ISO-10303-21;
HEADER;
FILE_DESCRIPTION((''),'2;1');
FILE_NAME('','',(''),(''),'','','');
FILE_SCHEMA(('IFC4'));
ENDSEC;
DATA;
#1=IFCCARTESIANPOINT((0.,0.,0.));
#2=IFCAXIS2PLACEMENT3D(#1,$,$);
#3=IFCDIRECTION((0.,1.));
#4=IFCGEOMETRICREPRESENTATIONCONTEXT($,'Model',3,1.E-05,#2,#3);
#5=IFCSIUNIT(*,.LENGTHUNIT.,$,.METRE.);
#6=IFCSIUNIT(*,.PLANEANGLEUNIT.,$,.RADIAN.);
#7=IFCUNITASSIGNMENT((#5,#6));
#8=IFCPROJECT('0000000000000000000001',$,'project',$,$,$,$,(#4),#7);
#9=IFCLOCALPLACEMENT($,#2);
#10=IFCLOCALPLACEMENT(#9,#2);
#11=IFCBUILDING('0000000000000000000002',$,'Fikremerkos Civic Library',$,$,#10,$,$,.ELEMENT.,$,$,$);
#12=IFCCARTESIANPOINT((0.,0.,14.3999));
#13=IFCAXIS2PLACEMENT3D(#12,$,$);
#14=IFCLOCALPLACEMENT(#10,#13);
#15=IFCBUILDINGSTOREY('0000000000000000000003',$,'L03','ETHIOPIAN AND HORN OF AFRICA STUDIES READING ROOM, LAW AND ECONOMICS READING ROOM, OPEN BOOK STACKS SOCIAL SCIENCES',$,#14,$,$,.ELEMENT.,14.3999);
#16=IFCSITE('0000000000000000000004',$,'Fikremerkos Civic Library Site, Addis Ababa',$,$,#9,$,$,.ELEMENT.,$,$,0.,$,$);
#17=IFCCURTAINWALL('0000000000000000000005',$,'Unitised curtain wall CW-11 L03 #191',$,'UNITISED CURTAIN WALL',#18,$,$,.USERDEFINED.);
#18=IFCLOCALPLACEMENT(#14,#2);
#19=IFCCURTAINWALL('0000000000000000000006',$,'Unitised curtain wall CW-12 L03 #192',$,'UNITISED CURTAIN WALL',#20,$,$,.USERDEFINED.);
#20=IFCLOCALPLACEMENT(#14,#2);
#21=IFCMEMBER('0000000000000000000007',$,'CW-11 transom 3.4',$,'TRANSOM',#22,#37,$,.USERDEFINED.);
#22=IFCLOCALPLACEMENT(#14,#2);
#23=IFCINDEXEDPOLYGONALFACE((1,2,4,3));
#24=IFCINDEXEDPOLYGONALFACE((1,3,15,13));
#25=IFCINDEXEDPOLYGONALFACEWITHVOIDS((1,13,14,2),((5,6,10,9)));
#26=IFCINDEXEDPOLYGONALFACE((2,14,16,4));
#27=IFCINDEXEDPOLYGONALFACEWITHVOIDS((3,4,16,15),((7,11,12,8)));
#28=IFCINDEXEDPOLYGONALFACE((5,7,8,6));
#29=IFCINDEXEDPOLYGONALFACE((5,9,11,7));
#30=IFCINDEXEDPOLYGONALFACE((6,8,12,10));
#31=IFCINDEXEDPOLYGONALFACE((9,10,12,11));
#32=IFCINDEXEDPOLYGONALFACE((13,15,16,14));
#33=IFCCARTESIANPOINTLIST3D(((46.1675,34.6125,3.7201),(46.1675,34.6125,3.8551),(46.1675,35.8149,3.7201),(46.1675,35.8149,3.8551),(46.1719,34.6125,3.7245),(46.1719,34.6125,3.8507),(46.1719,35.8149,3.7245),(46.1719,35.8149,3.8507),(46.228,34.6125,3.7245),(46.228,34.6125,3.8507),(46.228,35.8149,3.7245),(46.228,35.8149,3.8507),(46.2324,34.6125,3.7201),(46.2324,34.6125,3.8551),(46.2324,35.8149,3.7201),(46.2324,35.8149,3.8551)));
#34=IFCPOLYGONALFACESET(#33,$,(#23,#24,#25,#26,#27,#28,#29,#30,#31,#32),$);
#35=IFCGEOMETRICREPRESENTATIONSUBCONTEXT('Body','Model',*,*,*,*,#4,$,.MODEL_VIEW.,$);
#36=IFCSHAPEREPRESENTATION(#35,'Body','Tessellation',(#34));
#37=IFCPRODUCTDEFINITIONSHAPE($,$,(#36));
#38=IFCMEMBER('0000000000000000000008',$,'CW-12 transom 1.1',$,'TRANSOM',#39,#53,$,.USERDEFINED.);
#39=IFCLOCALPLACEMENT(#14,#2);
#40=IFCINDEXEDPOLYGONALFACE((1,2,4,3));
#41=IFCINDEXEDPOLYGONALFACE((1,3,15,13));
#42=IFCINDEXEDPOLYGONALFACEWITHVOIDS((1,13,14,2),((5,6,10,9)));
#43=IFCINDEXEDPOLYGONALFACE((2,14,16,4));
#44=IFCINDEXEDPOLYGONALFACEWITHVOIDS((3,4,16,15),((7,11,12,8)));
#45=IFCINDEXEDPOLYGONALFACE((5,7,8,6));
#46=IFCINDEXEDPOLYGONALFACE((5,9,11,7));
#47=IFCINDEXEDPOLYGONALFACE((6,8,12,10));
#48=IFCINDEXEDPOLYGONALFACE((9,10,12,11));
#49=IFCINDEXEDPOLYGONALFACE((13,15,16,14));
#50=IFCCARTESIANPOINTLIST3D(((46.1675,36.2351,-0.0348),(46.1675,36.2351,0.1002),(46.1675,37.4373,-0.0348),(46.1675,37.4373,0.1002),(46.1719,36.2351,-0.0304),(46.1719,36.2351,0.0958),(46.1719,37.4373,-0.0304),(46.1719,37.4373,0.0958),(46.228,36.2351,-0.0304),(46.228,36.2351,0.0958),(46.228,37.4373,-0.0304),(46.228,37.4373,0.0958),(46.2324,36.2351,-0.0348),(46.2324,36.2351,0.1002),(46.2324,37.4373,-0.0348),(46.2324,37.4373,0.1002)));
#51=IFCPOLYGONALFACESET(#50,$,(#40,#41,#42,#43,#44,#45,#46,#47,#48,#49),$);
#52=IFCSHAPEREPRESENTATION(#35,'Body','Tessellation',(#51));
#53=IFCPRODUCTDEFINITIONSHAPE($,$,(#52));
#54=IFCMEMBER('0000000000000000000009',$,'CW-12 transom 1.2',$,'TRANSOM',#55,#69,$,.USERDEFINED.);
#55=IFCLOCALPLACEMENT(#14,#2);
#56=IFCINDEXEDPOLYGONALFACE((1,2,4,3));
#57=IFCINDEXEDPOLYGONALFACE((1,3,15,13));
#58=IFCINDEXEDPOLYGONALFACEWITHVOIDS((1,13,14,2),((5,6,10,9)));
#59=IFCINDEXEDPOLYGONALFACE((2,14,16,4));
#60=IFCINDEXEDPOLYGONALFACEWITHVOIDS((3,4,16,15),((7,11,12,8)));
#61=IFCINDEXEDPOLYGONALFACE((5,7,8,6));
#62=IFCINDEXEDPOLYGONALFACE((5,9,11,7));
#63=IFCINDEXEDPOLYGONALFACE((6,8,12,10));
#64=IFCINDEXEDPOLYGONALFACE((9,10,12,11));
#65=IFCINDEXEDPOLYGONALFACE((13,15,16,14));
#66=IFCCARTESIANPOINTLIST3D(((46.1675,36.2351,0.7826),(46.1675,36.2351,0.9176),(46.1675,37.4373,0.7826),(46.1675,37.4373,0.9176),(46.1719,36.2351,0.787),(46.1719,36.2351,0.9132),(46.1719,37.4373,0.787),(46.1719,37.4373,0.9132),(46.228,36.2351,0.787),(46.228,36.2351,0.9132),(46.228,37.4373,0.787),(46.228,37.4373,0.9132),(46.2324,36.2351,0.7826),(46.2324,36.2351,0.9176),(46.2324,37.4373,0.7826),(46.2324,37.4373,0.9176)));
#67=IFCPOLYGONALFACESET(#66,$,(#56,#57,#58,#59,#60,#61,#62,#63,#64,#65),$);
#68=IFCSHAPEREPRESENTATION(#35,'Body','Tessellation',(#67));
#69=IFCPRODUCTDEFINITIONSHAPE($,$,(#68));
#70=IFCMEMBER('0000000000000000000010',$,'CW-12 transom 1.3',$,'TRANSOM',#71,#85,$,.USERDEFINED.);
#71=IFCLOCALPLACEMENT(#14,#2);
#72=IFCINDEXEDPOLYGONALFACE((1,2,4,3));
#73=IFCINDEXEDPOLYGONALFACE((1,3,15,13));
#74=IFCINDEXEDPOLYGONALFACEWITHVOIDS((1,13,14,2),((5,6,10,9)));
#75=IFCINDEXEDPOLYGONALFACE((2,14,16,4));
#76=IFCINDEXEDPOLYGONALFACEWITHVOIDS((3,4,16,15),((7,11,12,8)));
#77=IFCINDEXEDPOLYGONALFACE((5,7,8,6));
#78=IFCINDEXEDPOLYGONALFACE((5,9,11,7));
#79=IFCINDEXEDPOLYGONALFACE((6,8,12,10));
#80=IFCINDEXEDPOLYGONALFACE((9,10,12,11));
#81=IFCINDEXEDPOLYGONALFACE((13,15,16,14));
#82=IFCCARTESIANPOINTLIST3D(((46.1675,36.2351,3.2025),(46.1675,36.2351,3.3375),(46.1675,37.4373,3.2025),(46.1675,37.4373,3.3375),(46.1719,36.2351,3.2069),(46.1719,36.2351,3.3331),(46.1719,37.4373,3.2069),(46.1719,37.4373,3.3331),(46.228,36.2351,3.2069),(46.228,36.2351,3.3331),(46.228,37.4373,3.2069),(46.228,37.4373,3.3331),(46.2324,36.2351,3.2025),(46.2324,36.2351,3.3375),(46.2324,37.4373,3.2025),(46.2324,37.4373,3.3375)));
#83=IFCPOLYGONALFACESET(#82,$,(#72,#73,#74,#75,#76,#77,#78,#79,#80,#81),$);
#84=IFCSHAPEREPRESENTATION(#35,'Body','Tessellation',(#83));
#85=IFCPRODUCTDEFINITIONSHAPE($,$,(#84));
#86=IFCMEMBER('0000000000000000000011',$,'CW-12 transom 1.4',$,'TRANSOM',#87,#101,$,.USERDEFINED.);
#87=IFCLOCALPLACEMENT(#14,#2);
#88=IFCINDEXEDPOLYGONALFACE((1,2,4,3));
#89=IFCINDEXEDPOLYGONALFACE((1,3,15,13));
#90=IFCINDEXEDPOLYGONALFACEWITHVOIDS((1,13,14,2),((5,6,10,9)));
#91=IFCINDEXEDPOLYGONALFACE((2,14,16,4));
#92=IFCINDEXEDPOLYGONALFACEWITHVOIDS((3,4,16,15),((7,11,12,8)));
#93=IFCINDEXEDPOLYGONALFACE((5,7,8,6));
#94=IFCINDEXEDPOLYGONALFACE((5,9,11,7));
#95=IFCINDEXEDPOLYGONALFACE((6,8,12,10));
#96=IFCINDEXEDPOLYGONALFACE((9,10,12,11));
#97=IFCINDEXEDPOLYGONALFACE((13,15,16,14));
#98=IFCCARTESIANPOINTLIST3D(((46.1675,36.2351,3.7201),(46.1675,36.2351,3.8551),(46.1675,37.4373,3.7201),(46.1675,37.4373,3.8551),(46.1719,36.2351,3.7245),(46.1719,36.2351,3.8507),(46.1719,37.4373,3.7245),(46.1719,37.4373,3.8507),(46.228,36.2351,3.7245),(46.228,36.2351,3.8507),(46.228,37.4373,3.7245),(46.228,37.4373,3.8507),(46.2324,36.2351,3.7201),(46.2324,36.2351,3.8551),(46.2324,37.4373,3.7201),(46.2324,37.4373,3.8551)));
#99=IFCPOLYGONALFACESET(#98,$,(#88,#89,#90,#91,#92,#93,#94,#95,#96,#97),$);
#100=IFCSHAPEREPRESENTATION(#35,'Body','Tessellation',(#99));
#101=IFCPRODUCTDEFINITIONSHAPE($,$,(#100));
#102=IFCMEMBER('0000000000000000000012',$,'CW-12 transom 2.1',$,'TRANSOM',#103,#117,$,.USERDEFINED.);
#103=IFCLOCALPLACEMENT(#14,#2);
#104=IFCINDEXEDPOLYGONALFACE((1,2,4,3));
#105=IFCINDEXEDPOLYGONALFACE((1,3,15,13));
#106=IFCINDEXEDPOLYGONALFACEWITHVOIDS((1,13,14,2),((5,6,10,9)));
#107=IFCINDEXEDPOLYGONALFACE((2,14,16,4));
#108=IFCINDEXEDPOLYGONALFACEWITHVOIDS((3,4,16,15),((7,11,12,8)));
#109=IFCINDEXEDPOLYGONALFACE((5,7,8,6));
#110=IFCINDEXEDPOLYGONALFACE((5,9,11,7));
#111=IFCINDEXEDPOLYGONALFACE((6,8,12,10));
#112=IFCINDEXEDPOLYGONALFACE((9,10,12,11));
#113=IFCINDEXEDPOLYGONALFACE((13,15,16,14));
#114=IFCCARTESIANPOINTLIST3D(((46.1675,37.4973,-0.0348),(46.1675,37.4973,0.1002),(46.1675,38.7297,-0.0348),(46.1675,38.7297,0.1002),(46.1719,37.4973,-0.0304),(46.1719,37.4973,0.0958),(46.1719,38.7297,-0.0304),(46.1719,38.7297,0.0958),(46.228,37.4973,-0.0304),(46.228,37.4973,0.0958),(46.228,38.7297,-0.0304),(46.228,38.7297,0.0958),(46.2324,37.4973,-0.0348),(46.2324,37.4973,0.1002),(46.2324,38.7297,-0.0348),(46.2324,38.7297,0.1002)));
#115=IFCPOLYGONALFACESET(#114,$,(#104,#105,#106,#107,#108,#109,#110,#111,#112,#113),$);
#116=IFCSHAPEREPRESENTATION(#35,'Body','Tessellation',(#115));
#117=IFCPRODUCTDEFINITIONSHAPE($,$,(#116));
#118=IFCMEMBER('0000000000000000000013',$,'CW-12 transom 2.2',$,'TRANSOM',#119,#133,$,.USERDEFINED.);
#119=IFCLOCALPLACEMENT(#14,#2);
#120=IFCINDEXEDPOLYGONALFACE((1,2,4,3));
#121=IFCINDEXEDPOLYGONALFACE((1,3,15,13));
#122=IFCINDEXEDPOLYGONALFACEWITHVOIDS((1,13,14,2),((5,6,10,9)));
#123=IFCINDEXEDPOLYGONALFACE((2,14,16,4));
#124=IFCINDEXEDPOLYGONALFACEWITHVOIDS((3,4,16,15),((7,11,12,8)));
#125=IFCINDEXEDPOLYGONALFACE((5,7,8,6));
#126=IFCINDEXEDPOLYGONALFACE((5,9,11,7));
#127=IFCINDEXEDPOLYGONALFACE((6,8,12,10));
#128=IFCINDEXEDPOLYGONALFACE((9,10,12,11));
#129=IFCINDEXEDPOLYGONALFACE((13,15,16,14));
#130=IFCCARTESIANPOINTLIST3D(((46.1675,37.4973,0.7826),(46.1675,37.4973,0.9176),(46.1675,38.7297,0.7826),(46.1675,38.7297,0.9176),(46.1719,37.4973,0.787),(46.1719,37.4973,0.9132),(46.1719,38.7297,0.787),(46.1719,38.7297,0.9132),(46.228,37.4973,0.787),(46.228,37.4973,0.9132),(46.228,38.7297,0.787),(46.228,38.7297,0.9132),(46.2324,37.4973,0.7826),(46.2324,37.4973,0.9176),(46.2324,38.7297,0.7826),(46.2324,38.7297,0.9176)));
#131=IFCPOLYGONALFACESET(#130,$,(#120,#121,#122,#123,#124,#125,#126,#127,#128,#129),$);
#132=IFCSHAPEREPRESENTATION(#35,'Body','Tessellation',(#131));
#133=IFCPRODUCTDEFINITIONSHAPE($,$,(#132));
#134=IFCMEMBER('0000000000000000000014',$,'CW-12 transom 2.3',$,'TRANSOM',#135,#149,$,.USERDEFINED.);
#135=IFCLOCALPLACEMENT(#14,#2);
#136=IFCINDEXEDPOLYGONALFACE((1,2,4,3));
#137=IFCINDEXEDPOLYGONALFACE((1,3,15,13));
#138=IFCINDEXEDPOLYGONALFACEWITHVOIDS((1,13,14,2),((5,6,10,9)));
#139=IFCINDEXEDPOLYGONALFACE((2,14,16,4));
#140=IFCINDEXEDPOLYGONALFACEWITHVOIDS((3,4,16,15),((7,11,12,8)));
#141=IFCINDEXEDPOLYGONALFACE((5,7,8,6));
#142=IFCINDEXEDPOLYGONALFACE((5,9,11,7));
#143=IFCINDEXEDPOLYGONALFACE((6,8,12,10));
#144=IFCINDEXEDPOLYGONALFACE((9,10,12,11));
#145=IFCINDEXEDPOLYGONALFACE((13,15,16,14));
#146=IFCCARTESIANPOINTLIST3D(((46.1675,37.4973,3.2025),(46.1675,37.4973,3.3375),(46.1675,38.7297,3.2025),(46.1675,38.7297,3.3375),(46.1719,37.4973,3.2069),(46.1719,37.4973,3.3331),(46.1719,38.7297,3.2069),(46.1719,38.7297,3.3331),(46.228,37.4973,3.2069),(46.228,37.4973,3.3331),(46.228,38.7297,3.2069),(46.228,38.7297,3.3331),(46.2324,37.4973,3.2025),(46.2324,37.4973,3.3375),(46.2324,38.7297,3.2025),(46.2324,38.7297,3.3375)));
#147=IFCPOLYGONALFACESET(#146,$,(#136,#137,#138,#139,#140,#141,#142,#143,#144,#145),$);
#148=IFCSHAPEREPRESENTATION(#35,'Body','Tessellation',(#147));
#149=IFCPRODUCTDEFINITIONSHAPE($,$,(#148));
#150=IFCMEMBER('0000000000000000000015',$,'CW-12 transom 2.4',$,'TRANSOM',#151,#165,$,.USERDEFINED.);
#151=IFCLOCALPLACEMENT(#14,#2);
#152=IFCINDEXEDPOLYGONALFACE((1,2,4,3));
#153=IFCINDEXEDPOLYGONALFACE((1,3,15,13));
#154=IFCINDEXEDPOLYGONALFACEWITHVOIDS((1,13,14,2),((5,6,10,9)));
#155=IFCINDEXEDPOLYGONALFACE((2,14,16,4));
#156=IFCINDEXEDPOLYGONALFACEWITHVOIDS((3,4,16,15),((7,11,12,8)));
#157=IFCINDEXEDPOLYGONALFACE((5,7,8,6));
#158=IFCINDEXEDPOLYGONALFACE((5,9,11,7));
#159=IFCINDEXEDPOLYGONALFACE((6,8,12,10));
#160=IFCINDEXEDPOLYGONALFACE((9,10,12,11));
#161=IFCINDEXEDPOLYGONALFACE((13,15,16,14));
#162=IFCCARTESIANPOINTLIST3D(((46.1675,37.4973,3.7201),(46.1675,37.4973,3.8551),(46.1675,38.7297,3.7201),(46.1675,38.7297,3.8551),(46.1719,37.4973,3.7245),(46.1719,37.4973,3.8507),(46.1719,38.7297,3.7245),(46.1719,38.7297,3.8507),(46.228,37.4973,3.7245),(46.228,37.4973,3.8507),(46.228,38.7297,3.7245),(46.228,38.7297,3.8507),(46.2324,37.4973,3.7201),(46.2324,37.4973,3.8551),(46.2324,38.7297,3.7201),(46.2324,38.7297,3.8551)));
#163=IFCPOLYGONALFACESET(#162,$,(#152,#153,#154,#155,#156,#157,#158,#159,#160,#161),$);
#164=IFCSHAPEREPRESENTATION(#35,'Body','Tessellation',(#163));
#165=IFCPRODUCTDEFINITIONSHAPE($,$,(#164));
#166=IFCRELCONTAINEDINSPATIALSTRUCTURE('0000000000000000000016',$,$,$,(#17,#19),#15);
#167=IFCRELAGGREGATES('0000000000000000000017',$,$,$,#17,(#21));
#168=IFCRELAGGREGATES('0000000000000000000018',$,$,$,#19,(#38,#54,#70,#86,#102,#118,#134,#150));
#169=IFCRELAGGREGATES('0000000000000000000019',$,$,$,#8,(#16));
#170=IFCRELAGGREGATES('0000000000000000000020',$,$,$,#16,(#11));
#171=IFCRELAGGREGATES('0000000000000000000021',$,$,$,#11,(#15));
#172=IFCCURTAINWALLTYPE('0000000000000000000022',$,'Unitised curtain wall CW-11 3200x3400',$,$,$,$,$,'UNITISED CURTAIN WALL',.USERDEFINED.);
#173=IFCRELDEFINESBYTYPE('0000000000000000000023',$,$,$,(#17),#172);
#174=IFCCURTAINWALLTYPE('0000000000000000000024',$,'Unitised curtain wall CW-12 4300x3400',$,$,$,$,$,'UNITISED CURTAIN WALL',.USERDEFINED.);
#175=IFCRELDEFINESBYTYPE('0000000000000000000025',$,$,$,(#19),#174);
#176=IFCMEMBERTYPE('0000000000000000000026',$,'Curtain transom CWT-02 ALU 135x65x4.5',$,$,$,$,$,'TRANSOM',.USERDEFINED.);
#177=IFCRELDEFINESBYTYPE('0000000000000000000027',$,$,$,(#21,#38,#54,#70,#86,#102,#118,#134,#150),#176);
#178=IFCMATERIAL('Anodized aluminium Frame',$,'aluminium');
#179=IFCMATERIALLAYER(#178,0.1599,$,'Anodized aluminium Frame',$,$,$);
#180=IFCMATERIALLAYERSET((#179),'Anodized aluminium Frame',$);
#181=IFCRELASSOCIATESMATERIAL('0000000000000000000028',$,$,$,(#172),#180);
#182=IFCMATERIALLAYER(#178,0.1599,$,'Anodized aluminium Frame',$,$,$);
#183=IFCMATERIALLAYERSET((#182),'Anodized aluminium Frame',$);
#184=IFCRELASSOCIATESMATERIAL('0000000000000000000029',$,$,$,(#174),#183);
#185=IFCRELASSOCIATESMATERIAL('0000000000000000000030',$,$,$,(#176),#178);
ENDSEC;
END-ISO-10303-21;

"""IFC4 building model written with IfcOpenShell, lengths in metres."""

from ifc_helpers import new_model, si_unit, direction, frame, origin, origin_2d, place, context, subcontext, project, spatial, hollow_rectangle, extrude, material, layer, layer_set, material_profile, profile_set, type_object, element, aggregate, save


model = new_model("IFC4")

# Units and contexts
model_context = context("Model", 3, precision=1e-05, world=origin(), true_north=direction((0.0, 1.0)))
body_context = subcontext(model_context, "Body", "Model", "MODEL_VIEW")
ifc_project = project(units=[si_unit("LENGTHUNIT", "METRE"), si_unit("PLANEANGLEUNIT", "RADIAN")], contexts=[model_context])

# Site, building, storey
site_placement = place(None, origin())
site = spatial("IfcSite", under=ifc_project, at=site_placement, Name="Fikremerkos Civic Library Site, Addis Ababa", CompositionType="ELEMENT", RefElevation=0.0)
building_placement = place(site_placement, origin())
building = spatial("IfcBuilding", under=site, at=building_placement, Name="Fikremerkos Civic Library", CompositionType="ELEMENT")
storey_placement = place(building_placement, frame((0.0, 0.0, 14.3999)))
storey = spatial("IfcBuildingStorey", under=building, at=storey_placement, Name="L03", Description="ETHIOPIAN AND HORN OF AFRICA STUDIES READING ROOM, LAW AND ECONOMICS READING ROOM, OPEN BOOK STACKS SOCIAL SCIENCES", CompositionType="ELEMENT", Elevation=14.3999)

# Curtain walls
ifc_material_1 = material(Name="Anodized aluminium Frame", Category="aluminium")
ifc_layer_1 = layer(ifc_material_1, 0.1599, Name="Anodized aluminium Frame")
ifc_layer_set_1 = layer_set([ifc_layer_1], Name="Anodized aluminium Frame")
curtain_wall_type_1 = type_object("IfcCurtainWallType", Name="Unitised curtain wall CW-11 3200x3400", ElementType="UNITISED CURTAIN WALL", PredefinedType="USERDEFINED", material=ifc_layer_set_1)
curtain_wall_1_placement = place(storey_placement, origin())
curtain_wall_1 = element("IfcCurtainWall", 1, at=curtain_wall_1_placement, inside=storey, type_object=curtain_wall_type_1, Name="Unitised curtain wall CW-11 L03 #191", ObjectType="UNITISED CURTAIN WALL", PredefinedType="USERDEFINED")
ifc_layer_2 = layer(ifc_material_1, 0.1599, Name="Anodized aluminium Frame")
ifc_layer_set_2 = layer_set([ifc_layer_2], Name="Anodized aluminium Frame")
curtain_wall_type_2 = type_object("IfcCurtainWallType", Name="Unitised curtain wall CW-12 4300x3400", ElementType="UNITISED CURTAIN WALL", PredefinedType="USERDEFINED", material=ifc_layer_set_2)
curtain_wall_2_placement = place(storey_placement, origin())
curtain_wall_2 = element("IfcCurtainWall", 2, at=curtain_wall_2_placement, inside=storey, type_object=curtain_wall_type_2, Name="Unitised curtain wall CW-12 L03 #192", ObjectType="UNITISED CURTAIN WALL", PredefinedType="USERDEFINED")

# Members
ifc_material_profile_1 = material_profile(ifc_material_1, hollow_rectangle(XDim=0.0649, YDim=0.135, WallThickness=0.0044, at=origin_2d()), Name="ALU 135x65x4.5")
ifc_profile_set_1 = profile_set([ifc_material_profile_1], Name="Anodized aluminium Frame")
member_type_1 = type_object("IfcMemberType", Name="Curtain transom CWT-02 ALU 135x65x4.5", ElementType="TRANSOM", PredefinedType="USERDEFINED", material=ifc_profile_set_1)
member_1_placement = place(storey_placement, frame((46.2, 34.6125, 3.7876), z_axis=(0.0, 1.0, 0.0), x_axis=(-1.0, 0.0, 0.0)))
member_1 = element("IfcMember", 3, at=member_1_placement, type_object=member_type_1, Name="CW-11 transom 3.4", ObjectType="TRANSOM", PredefinedType="USERDEFINED", context=body_context, shape_type="SweptSolid", body=[
    extrude(hollow_rectangle(XDim=0.0649, YDim=0.135, WallThickness=0.0044, at=origin_2d()), origin(), (0.0, 0.0, 1.0), 1.2024),
])
member_2_placement = place(storey_placement, frame((46.2, 36.2351, 0.0327), z_axis=(0.0, 1.0, 0.0), x_axis=(-1.0, 0.0, 0.0)))
member_2 = element("IfcMember", 4, at=member_2_placement, type_object=member_type_1, Name="CW-12 transom 1.1", ObjectType="TRANSOM", PredefinedType="USERDEFINED", context=body_context, shape_type="SweptSolid", body=[
    extrude(hollow_rectangle(XDim=0.0649, YDim=0.135, WallThickness=0.0044, at=origin_2d()), origin(), (0.0, 0.0, 1.0), 1.2021),
])
member_3_placement = place(storey_placement, frame((46.2, 36.2351, 0.8501), z_axis=(0.0, 1.0, 0.0), x_axis=(-1.0, 0.0, 0.0)))
member_3 = element("IfcMember", 5, at=member_3_placement, type_object=member_type_1, Name="CW-12 transom 1.2", ObjectType="TRANSOM", PredefinedType="USERDEFINED", context=body_context, shape_type="SweptSolid", body=[
    extrude(hollow_rectangle(XDim=0.0649, YDim=0.135, WallThickness=0.0044, at=origin_2d()), origin(), (0.0, 0.0, 1.0), 1.2021),
])
member_4_placement = place(storey_placement, frame((46.2, 36.2351, 3.27), z_axis=(0.0, 1.0, 0.0), x_axis=(-1.0, 0.0, 0.0)))
member_4 = element("IfcMember", 6, at=member_4_placement, type_object=member_type_1, Name="CW-12 transom 1.3", ObjectType="TRANSOM", PredefinedType="USERDEFINED", context=body_context, shape_type="SweptSolid", body=[
    extrude(hollow_rectangle(XDim=0.0649, YDim=0.135, WallThickness=0.0044, at=origin_2d()), origin(), (0.0, 0.0, 1.0), 1.2021),
])
member_5_placement = place(storey_placement, frame((46.2, 36.2351, 3.7876), z_axis=(0.0, 1.0, 0.0), x_axis=(-1.0, 0.0, 0.0)))
member_5 = element("IfcMember", 7, at=member_5_placement, type_object=member_type_1, Name="CW-12 transom 1.4", ObjectType="TRANSOM", PredefinedType="USERDEFINED", context=body_context, shape_type="SweptSolid", body=[
    extrude(hollow_rectangle(XDim=0.0649, YDim=0.135, WallThickness=0.0044, at=origin_2d()), origin(), (0.0, 0.0, 1.0), 1.2021),
])
member_6_placement = place(storey_placement, frame((46.2, 37.4973, 0.0327), z_axis=(0.0, 1.0, 0.0), x_axis=(-1.0, 0.0, 0.0)))
member_6 = element("IfcMember", 8, at=member_6_placement, type_object=member_type_1, Name="CW-12 transom 2.1", ObjectType="TRANSOM", PredefinedType="USERDEFINED", context=body_context, shape_type="SweptSolid", body=[
    extrude(hollow_rectangle(XDim=0.0649, YDim=0.135, WallThickness=0.0044, at=origin_2d()), origin(), (0.0, 0.0, 1.0), 1.2324),
])
member_7_placement = place(storey_placement, frame((46.2, 37.4973, 0.8501), z_axis=(0.0, 1.0, 0.0), x_axis=(-1.0, 0.0, 0.0)))
member_7 = element("IfcMember", 9, at=member_7_placement, type_object=member_type_1, Name="CW-12 transom 2.2", ObjectType="TRANSOM", PredefinedType="USERDEFINED", context=body_context, shape_type="SweptSolid", body=[
    extrude(hollow_rectangle(XDim=0.0649, YDim=0.135, WallThickness=0.0044, at=origin_2d()), origin(), (0.0, 0.0, 1.0), 1.2324),
])
member_8_placement = place(storey_placement, frame((46.2, 37.4973, 3.27), z_axis=(0.0, 1.0, 0.0), x_axis=(-1.0, 0.0, 0.0)))
member_8 = element("IfcMember", 10, at=member_8_placement, type_object=member_type_1, Name="CW-12 transom 2.3", ObjectType="TRANSOM", PredefinedType="USERDEFINED", context=body_context, shape_type="SweptSolid", body=[
    extrude(hollow_rectangle(XDim=0.0649, YDim=0.135, WallThickness=0.0044, at=origin_2d()), origin(), (0.0, 0.0, 1.0), 1.2324),
])
member_9_placement = place(storey_placement, frame((46.2, 37.4973, 3.7876), z_axis=(0.0, 1.0, 0.0), x_axis=(-1.0, 0.0, 0.0)))
member_9 = element("IfcMember", 11, at=member_9_placement, type_object=member_type_1, Name="CW-12 transom 2.4", ObjectType="TRANSOM", PredefinedType="USERDEFINED", context=body_context, shape_type="SweptSolid", body=[
    extrude(hollow_rectangle(XDim=0.0649, YDim=0.135, WallThickness=0.0044, at=origin_2d()), origin(), (0.0, 0.0, 1.0), 1.2324),
])

aggregate(curtain_wall_1, [member_1])
aggregate(curtain_wall_2, [member_2, member_3, member_4, member_5, member_6, member_7, member_8, member_9])

save(model, "model.ifc")
